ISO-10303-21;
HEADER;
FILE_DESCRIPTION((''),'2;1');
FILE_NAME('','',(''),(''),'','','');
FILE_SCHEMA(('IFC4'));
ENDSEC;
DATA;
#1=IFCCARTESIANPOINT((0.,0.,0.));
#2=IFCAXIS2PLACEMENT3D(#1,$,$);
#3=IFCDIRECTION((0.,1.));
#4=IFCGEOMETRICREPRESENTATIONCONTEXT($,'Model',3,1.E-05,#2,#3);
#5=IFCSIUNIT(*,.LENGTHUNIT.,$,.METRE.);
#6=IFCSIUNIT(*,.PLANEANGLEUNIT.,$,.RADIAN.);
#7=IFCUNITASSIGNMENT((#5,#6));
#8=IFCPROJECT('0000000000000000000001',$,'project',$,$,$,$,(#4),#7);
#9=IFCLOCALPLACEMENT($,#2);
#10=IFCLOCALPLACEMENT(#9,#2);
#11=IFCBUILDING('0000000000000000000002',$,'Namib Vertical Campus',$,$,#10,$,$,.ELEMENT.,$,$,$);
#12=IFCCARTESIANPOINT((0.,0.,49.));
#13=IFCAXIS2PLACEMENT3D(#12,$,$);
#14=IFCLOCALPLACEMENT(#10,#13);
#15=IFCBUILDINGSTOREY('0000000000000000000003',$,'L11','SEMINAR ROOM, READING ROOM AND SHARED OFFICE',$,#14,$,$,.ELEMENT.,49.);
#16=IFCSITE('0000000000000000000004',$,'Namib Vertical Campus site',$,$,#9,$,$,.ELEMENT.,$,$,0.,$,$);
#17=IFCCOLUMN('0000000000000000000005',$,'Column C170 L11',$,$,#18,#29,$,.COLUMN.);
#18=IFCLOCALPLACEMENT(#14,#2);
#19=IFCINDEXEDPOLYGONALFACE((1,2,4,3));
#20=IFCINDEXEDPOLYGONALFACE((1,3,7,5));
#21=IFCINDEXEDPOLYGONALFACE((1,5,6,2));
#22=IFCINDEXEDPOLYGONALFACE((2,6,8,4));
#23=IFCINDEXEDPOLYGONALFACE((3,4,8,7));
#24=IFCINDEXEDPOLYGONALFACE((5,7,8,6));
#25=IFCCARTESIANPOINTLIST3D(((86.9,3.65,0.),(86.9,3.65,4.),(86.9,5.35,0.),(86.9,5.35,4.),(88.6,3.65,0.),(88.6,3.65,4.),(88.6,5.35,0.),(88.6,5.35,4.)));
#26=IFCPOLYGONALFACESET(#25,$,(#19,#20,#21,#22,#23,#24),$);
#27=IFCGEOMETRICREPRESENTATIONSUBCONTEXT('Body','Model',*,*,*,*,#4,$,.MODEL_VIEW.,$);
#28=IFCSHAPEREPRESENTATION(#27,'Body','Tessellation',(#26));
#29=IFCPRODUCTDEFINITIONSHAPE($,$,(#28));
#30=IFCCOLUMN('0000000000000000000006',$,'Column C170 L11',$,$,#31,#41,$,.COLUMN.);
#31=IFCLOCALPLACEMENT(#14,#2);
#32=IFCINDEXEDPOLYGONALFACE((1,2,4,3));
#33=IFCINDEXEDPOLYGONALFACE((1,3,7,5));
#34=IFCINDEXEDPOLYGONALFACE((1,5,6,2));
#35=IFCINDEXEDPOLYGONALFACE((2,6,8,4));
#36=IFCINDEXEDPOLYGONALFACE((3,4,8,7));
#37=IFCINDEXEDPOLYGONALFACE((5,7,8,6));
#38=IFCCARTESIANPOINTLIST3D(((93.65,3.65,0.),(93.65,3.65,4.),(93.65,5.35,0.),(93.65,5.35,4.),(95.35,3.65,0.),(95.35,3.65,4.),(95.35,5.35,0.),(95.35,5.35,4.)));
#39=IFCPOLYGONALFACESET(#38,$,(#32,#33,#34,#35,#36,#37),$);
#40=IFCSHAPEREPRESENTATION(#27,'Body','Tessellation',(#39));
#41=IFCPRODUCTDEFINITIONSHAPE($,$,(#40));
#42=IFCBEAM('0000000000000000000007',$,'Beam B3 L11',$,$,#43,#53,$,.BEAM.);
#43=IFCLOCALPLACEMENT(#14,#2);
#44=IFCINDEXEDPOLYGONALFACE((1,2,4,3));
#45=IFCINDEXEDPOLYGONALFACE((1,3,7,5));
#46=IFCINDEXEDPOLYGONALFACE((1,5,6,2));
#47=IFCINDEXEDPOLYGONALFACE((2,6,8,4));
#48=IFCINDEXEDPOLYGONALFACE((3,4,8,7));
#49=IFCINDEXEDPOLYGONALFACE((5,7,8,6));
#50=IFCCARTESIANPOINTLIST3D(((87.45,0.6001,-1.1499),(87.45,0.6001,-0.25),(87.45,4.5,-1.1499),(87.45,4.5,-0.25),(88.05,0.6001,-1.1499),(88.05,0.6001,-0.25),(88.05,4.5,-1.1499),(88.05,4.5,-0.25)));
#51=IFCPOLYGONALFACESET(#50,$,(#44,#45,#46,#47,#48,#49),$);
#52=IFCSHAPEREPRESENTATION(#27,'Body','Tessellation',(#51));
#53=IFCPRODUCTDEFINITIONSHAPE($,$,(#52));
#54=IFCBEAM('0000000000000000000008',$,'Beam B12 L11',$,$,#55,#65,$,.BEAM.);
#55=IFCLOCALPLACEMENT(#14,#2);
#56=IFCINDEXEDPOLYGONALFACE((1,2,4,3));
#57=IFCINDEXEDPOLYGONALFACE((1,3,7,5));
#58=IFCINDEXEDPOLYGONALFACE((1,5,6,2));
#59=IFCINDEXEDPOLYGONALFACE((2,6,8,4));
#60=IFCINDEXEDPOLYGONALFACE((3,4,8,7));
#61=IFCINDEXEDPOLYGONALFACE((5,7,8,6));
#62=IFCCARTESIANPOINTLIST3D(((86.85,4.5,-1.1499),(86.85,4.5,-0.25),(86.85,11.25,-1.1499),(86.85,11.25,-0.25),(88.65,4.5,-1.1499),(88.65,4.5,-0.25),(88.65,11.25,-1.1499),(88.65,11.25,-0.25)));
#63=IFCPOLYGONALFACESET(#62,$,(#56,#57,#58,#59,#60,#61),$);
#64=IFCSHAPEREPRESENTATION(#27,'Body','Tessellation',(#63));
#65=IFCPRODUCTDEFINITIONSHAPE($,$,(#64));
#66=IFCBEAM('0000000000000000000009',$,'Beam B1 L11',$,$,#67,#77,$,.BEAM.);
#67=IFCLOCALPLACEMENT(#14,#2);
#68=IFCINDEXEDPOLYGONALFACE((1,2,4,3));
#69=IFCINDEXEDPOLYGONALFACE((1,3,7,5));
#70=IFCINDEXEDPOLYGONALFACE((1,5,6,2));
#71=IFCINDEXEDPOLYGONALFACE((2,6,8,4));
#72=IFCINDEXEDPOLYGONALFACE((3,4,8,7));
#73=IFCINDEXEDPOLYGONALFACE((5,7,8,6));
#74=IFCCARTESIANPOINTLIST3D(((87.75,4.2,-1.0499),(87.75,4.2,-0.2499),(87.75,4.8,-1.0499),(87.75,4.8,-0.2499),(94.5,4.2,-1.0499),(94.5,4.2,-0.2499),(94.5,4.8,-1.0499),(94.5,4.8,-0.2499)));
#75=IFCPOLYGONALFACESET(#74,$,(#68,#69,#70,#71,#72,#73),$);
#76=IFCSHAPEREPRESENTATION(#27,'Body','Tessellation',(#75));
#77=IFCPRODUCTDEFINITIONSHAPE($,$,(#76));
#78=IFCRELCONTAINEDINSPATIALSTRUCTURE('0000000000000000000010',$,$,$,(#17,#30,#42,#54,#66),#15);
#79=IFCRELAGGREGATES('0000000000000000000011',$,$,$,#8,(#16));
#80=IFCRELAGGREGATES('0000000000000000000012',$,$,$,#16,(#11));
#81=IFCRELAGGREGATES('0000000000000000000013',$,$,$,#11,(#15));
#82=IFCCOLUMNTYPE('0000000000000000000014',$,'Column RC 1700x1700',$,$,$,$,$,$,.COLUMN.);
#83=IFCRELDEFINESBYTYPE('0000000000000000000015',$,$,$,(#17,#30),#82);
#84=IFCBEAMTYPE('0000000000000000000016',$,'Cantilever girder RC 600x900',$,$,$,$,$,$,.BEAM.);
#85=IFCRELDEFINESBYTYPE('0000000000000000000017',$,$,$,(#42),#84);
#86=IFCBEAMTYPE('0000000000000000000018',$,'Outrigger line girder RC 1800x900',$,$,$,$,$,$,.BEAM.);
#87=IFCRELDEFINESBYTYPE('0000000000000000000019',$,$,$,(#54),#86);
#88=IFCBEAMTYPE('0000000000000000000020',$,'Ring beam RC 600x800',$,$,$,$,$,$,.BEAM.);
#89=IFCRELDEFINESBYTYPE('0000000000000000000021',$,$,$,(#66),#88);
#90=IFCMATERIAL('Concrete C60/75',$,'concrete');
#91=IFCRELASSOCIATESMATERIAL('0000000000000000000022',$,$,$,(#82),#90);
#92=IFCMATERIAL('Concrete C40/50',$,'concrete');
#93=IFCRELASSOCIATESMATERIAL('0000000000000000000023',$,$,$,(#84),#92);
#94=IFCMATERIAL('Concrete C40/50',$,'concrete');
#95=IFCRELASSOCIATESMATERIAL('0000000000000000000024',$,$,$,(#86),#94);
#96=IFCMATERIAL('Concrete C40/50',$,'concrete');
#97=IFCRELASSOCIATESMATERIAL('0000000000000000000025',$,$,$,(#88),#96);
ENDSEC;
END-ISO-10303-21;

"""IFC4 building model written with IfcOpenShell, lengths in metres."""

from ifc_helpers import new_model, si_unit, direction, frame, origin, origin_2d, place, context, subcontext, project, spatial, rectangle, extrude, material, material_profile, profile_set, type_object, element, save


model = new_model("IFC4")

# Units and contexts
model_context = context("Model", 3, precision=1e-05, world=origin(), true_north=direction((0.0, 1.0)))
body_context = subcontext(model_context, "Body", "Model", "MODEL_VIEW")
ifc_project = project(units=[si_unit("LENGTHUNIT", "METRE"), si_unit("PLANEANGLEUNIT", "RADIAN")], contexts=[model_context])

# Site, building, storey
site_placement = place(None, origin())
site = spatial("IfcSite", under=ifc_project, at=site_placement, Name="Namib Vertical Campus site", CompositionType="ELEMENT", RefElevation=0.0)
building_placement = place(site_placement, origin())
building = spatial("IfcBuilding", under=site, at=building_placement, Name="Namib Vertical Campus", CompositionType="ELEMENT")
storey_placement = place(building_placement, frame((0.0, 0.0, 49.0)))
storey = spatial("IfcBuildingStorey", under=building, at=storey_placement, Name="L11", Description="SEMINAR ROOM, READING ROOM AND SHARED OFFICE", CompositionType="ELEMENT", Elevation=49.0)

# Columns
ifc_material_1 = material(Name="Concrete C60/75", Category="concrete")
ifc_material_profile_1 = material_profile(ifc_material_1, rectangle(XDim=1.7, YDim=1.7, at=origin_2d()))
ifc_profile_set_1 = profile_set([ifc_material_profile_1], Name="Concrete C60/75")
column_type = type_object("IfcColumnType", Name="Column RC 1700x1700", PredefinedType="COLUMN", material=ifc_profile_set_1)
for number, where, z_axis, x_axis, name in (
    (1, (87.75, 4.5, 0.0), (0.0, 0.0, 1.0), (1.0, 0.0, 0.0), "Column C170 L11"),
    (2, (94.5, 4.5, 0.0), (0.0, 0.0, 1.0), (1.0, 0.0, 0.0), "Column C170 L11"),
):
    element("IfcColumn", number, at=place(storey_placement, frame(where, z_axis=z_axis, x_axis=x_axis)), inside=storey, type_object=column_type, Name=name, PredefinedType="COLUMN", context=body_context, shape_type="SweptSolid", body=[
        extrude(rectangle(XDim=1.7, YDim=1.7, at=origin_2d()), origin(), (0.0, 0.0, 1.0), 4.0),
    ])

# Beams
ifc_material_2 = material(Name="Concrete C40/50", Category="concrete")
ifc_material_profile_2 = material_profile(ifc_material_2, rectangle(XDim=0.6001, YDim=0.8999, at=origin_2d()))
ifc_profile_set_2 = profile_set([ifc_material_profile_2], Name="Concrete C40/50")
beam_type_1 = type_object("IfcBeamType", Name="Cantilever girder RC 600x900", PredefinedType="BEAM", material=ifc_profile_set_2)
beam_1_placement = place(storey_placement, frame((87.75, 4.5, -0.7), z_axis=(0.0, -1.0, 0.0), x_axis=(1.0, 0.0, 0.0)))
element("IfcBeam", 3, at=beam_1_placement, inside=storey, type_object=beam_type_1, Name="Beam B3 L11", PredefinedType="BEAM", context=body_context, shape_type="SweptSolid", body=[
    extrude(rectangle(XDim=0.6001, YDim=0.8999, at=origin_2d()), origin(), (0.0, 0.0, 1.0), 3.8999),
])
ifc_material_3 = material(Name="Concrete C40/50", Category="concrete")
ifc_material_profile_3 = material_profile(ifc_material_3, rectangle(XDim=1.8, YDim=0.8999, at=origin_2d()))
ifc_profile_set_3 = profile_set([ifc_material_profile_3], Name="Concrete C40/50")
beam_type_2 = type_object("IfcBeamType", Name="Outrigger line girder RC 1800x900", PredefinedType="BEAM", material=ifc_profile_set_3)
beam_2_placement = place(storey_placement, frame((87.75, 4.5, -0.7), z_axis=(0.0, 1.0, 0.0), x_axis=(-1.0, 0.0, 0.0)))
element("IfcBeam", 4, at=beam_2_placement, inside=storey, type_object=beam_type_2, Name="Beam B12 L11", PredefinedType="BEAM", context=body_context, shape_type="SweptSolid", body=[
    extrude(rectangle(XDim=1.8, YDim=0.8999, at=origin_2d()), origin(), (0.0, 0.0, 1.0), 6.75),
])
ifc_material_4 = material(Name="Concrete C40/50", Category="concrete")
ifc_material_profile_4 = material_profile(ifc_material_4, rectangle(XDim=0.6001, YDim=0.8, at=origin_2d()))
ifc_profile_set_4 = profile_set([ifc_material_profile_4], Name="Concrete C40/50")
beam_type_3 = type_object("IfcBeamType", Name="Ring beam RC 600x800", PredefinedType="BEAM", material=ifc_profile_set_4)
beam_3_placement = place(storey_placement, frame((87.75, 4.5, -0.6499), z_axis=(1.0, 0.0, 0.0), x_axis=(0.0, 1.0, 0.0)))
element("IfcBeam", 5, at=beam_3_placement, inside=storey, type_object=beam_type_3, Name="Beam B1 L11", PredefinedType="BEAM", context=body_context, shape_type="SweptSolid", body=[
    extrude(rectangle(XDim=0.6001, YDim=0.8, at=origin_2d()), origin(), (0.0, 0.0, 1.0), 6.75),
])

save(model, "model.ifc")
